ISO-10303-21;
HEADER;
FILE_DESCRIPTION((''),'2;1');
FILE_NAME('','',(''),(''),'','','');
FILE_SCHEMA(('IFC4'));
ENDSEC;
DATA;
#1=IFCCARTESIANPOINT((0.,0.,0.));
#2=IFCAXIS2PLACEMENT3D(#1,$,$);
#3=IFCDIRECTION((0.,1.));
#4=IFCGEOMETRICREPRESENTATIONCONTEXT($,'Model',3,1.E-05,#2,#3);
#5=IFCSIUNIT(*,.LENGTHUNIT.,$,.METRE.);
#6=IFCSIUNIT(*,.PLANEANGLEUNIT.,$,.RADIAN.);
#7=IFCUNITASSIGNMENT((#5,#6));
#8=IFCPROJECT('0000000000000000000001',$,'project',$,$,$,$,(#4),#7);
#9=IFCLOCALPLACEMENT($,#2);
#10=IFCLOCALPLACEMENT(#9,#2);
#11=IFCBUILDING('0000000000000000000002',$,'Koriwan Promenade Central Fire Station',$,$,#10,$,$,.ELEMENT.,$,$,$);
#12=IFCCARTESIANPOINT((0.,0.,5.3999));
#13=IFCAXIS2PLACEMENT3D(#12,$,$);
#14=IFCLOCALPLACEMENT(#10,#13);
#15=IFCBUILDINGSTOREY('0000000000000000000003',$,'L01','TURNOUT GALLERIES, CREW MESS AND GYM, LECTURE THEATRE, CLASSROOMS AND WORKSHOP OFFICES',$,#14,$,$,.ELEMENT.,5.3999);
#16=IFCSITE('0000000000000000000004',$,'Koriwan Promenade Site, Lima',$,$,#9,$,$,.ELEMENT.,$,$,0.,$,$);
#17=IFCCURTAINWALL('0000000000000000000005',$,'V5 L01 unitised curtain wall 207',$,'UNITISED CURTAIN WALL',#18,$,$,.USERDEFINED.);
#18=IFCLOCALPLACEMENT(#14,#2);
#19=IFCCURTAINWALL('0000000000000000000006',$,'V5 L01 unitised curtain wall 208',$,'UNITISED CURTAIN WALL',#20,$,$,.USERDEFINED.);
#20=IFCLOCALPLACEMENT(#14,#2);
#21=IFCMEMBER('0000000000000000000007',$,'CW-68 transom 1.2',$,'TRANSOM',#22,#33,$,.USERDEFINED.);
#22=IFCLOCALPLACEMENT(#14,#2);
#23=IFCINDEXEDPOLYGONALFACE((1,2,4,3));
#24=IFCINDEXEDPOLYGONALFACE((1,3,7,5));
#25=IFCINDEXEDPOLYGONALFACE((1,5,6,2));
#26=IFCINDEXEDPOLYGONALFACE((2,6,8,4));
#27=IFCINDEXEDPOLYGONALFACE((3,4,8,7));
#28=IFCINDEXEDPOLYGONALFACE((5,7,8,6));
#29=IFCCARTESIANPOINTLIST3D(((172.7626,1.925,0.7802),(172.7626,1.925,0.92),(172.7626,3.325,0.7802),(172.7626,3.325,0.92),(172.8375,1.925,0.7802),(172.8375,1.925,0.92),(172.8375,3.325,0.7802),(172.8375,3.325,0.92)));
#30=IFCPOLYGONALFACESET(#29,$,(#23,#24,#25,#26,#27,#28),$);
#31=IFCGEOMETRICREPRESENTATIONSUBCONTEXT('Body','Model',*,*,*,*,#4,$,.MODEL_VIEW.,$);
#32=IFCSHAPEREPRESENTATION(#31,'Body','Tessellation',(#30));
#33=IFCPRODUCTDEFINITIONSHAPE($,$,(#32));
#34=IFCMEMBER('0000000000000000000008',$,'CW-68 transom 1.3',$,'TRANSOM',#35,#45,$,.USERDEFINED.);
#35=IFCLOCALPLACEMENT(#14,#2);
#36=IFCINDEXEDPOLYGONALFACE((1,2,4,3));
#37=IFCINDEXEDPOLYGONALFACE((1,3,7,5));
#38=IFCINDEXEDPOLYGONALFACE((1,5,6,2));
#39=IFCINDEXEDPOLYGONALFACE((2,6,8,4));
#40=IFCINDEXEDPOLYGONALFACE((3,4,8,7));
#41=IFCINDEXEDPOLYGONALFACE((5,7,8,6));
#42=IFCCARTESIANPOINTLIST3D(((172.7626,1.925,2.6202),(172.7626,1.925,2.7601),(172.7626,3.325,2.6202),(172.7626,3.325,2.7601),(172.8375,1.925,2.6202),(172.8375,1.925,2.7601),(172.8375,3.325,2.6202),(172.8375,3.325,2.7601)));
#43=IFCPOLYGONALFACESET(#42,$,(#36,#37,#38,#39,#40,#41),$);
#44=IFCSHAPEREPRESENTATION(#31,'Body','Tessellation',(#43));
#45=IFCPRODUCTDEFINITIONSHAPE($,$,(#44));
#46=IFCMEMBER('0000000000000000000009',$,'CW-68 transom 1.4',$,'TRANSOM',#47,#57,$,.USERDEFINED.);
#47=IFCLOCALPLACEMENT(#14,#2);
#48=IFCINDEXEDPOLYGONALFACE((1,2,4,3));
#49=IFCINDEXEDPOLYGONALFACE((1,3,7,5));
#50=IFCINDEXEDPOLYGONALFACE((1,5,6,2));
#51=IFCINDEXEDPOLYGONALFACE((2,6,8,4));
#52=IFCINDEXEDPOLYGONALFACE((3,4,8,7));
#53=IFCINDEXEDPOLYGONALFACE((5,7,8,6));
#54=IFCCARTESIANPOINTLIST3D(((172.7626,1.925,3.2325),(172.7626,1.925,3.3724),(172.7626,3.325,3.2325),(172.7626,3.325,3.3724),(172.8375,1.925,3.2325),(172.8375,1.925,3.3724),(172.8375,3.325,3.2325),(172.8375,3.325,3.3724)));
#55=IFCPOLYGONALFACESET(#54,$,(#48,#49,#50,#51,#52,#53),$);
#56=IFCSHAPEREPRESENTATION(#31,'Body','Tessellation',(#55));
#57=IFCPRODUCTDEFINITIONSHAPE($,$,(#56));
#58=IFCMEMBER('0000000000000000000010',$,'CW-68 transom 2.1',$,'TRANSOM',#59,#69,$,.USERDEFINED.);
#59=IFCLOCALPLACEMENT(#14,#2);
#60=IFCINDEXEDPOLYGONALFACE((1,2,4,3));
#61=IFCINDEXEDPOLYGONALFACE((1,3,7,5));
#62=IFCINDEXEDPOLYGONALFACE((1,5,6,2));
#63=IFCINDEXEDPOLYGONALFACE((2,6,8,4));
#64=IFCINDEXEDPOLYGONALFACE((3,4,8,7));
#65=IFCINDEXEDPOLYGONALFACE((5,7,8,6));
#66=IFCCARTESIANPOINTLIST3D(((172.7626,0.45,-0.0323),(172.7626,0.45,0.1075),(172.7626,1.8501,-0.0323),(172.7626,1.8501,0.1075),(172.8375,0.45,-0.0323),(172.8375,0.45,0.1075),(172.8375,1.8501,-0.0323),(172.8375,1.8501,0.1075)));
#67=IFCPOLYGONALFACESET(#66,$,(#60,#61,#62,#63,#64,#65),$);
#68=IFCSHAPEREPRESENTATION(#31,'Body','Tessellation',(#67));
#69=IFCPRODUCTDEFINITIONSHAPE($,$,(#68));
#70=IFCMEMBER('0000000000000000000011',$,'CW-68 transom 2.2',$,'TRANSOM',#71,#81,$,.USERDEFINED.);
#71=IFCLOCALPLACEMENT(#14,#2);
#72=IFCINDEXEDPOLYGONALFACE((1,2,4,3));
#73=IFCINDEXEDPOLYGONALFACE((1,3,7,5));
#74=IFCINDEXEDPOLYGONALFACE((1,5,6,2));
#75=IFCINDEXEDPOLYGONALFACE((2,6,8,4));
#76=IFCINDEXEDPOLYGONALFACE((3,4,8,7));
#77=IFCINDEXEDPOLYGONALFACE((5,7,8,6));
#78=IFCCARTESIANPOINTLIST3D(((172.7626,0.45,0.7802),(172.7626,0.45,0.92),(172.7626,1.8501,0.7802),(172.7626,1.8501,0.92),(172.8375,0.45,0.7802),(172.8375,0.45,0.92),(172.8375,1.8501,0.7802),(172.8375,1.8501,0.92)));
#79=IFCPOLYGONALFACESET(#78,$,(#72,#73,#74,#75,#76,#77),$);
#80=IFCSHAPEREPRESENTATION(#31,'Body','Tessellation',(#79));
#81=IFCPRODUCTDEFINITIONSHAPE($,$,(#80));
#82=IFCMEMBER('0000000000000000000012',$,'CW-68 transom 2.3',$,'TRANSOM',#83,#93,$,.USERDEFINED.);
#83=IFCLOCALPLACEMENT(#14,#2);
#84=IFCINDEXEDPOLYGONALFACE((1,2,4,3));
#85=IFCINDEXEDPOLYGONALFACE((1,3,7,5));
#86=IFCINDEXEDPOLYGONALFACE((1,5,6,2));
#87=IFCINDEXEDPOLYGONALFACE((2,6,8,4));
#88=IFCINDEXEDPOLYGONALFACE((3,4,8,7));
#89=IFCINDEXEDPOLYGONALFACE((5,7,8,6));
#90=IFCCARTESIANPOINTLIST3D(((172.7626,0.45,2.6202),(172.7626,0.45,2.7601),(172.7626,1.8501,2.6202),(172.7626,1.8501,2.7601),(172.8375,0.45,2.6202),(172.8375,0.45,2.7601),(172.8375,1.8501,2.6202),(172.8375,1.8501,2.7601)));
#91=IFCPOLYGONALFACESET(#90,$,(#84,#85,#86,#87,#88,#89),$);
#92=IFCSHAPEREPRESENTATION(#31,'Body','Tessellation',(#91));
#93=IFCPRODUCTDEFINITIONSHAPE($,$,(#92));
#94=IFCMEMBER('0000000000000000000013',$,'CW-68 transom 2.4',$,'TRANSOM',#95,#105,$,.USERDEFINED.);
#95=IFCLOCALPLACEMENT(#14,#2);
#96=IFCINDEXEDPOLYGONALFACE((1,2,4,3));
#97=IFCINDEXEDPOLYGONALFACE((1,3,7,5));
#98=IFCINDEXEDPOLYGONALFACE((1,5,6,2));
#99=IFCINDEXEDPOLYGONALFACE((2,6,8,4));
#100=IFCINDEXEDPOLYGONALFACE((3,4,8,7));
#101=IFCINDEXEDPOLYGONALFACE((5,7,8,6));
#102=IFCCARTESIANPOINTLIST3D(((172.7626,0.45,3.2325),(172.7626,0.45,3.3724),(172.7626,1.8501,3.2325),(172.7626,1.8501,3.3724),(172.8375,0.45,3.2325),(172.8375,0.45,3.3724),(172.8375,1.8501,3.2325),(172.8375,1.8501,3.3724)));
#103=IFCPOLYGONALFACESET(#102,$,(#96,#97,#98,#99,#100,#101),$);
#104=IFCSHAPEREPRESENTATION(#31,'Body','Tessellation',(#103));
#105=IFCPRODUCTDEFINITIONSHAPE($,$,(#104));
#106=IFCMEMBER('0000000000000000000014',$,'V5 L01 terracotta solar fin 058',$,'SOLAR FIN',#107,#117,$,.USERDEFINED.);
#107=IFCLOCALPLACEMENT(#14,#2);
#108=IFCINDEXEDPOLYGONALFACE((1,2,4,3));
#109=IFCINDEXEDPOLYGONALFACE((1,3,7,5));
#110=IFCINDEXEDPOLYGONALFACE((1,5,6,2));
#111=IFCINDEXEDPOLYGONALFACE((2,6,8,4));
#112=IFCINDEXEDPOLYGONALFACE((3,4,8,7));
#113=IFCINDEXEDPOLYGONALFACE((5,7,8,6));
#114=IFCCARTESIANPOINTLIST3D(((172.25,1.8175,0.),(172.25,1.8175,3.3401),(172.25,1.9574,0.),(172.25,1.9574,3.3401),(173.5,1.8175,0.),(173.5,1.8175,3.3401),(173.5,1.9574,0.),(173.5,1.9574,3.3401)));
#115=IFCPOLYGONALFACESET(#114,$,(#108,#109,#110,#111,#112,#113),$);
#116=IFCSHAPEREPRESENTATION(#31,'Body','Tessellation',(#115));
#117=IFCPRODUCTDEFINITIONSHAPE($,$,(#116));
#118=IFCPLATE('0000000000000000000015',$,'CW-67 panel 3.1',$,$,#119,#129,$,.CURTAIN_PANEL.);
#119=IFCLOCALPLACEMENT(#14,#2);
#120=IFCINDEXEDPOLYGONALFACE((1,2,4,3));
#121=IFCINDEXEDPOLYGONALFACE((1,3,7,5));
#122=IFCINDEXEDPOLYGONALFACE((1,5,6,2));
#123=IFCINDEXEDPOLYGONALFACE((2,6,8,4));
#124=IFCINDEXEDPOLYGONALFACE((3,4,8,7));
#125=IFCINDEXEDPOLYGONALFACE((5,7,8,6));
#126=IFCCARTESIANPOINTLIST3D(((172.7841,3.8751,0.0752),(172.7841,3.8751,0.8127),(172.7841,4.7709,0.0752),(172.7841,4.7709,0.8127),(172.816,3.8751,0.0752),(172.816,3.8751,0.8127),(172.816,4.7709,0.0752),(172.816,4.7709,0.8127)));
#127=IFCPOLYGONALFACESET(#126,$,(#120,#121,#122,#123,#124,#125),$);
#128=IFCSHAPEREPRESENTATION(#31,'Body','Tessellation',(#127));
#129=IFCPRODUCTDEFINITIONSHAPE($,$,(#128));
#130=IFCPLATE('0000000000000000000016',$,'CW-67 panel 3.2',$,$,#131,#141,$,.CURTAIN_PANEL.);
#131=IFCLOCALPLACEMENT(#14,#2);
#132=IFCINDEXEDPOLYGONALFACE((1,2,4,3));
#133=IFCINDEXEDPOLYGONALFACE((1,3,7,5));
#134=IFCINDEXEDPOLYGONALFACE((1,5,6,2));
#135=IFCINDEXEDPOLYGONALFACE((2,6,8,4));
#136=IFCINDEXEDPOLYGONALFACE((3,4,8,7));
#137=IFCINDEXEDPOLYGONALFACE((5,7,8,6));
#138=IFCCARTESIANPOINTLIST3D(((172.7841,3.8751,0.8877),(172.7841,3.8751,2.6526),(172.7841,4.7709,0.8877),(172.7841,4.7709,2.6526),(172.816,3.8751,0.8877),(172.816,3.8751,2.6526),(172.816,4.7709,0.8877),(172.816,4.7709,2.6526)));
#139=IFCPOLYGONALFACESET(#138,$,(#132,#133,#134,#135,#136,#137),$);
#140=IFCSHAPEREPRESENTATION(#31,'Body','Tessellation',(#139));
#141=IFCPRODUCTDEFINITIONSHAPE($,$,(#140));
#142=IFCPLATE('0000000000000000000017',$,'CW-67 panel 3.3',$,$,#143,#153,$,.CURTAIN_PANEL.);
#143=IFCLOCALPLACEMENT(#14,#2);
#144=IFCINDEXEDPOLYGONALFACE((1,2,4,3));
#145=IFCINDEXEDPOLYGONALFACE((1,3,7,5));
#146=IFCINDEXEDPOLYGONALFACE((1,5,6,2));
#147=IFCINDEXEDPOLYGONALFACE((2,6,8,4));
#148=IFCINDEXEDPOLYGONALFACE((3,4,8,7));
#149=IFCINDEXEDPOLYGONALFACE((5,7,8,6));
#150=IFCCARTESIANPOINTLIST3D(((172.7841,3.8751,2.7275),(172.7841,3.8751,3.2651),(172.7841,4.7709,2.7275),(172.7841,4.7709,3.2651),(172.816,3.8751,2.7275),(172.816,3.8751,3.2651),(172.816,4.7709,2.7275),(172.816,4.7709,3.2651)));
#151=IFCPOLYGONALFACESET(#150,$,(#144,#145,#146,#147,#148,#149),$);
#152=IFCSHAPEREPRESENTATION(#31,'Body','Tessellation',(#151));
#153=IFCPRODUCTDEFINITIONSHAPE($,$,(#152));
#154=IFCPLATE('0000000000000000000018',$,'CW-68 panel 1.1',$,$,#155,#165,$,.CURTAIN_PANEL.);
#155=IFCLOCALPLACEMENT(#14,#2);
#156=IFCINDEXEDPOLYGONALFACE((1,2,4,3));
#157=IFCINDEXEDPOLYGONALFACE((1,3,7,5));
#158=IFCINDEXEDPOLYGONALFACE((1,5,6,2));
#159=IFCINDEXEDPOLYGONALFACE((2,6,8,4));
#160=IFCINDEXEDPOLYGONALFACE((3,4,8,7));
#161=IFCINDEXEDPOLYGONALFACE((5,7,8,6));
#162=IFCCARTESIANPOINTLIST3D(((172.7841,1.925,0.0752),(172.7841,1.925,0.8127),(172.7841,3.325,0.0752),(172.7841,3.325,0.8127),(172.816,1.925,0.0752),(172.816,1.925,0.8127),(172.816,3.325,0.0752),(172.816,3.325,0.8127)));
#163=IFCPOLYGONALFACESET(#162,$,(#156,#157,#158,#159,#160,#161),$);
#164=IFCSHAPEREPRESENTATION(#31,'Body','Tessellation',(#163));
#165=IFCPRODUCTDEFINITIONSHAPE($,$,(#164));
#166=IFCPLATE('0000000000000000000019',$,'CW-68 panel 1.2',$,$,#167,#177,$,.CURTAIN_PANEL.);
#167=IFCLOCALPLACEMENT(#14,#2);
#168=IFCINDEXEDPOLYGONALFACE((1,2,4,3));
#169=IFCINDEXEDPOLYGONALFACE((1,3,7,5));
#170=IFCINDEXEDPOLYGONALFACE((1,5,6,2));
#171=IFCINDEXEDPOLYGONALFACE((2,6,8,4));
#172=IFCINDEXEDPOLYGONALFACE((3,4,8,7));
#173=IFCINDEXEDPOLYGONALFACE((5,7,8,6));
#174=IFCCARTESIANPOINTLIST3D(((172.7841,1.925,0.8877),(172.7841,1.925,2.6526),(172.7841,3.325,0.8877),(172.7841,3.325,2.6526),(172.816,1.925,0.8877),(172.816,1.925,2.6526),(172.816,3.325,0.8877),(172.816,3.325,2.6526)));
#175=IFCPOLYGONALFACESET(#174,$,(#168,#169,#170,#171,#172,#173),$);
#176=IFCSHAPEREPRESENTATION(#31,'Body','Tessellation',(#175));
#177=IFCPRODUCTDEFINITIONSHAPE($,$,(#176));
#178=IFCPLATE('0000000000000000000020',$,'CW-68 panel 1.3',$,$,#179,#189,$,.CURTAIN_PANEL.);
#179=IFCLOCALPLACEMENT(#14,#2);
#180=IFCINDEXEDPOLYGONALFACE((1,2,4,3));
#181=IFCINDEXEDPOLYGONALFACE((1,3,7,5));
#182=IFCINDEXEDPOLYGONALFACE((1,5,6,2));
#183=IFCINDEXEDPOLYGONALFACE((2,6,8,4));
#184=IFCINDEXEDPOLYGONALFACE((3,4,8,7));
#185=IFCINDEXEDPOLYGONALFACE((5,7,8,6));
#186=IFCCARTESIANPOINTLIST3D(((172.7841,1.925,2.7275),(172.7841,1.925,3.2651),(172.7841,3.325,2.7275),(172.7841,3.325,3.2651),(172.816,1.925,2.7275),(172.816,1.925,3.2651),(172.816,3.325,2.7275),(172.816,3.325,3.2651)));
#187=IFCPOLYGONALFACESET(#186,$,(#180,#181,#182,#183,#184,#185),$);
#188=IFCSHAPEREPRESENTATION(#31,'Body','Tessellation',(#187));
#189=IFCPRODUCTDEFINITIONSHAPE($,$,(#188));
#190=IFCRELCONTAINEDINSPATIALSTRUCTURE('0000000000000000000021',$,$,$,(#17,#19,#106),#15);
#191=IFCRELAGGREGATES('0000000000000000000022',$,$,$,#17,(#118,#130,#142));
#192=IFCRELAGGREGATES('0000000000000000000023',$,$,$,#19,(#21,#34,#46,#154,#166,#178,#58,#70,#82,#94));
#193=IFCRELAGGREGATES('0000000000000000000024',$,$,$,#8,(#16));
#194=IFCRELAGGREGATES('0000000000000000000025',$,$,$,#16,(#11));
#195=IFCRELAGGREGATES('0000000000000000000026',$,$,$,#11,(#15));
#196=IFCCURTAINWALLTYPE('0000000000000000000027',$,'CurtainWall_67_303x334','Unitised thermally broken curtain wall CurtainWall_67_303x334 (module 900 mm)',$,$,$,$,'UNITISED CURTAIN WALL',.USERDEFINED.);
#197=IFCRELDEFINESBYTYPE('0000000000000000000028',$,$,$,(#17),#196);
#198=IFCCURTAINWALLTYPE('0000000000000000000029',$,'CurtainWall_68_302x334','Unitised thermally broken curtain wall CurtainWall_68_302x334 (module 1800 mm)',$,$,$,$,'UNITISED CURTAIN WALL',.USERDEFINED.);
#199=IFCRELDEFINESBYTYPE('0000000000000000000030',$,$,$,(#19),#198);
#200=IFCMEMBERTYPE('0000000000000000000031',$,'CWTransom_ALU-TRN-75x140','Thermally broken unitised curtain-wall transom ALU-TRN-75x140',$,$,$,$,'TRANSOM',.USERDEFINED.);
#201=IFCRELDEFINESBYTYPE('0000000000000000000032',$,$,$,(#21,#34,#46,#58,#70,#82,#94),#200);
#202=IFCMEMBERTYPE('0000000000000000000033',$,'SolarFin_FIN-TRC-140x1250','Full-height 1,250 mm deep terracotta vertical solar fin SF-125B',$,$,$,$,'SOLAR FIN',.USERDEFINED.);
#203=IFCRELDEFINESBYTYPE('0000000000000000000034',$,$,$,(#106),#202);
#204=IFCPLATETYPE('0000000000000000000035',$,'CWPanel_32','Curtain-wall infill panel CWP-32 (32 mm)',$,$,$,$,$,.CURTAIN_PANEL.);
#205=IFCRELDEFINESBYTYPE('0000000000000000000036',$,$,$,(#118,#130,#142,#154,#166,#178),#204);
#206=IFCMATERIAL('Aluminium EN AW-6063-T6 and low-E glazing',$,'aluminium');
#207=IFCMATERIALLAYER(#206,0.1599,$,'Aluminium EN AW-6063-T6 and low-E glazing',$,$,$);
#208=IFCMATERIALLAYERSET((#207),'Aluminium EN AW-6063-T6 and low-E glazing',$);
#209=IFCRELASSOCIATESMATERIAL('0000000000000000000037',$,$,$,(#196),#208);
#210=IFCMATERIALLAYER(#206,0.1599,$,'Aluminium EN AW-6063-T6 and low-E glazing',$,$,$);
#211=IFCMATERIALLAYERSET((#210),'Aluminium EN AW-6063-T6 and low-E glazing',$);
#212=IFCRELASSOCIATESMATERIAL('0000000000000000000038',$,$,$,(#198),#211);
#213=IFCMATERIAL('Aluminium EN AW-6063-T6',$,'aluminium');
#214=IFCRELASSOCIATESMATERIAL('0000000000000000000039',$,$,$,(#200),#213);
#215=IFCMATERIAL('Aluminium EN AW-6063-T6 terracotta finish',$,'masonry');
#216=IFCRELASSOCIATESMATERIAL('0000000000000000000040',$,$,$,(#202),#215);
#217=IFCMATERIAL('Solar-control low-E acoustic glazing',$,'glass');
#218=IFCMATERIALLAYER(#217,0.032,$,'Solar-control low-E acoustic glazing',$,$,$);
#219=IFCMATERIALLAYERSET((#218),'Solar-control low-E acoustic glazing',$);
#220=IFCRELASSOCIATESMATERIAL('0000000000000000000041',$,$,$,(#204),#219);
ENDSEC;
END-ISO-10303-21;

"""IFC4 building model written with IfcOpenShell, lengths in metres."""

from ifc_helpers import new_model, si_unit, direction, frame, origin, origin_2d, place, context, subcontext, project, spatial, rectangle, extrude, material, layer, layer_set, material_profile, profile_set, type_object, element, aggregate, save


model = new_model("IFC4")

# Units and contexts
model_context = context("Model", 3, precision=1e-05, world=origin(), true_north=direction((0.0, 1.0)))
body_context = subcontext(model_context, "Body", "Model", "MODEL_VIEW")
ifc_project = project(units=[si_unit("LENGTHUNIT", "METRE"), si_unit("PLANEANGLEUNIT", "RADIAN")], contexts=[model_context])

# Site, building, storey
site_placement = place(None, origin())
site = spatial("IfcSite", under=ifc_project, at=site_placement, Name="Koriwan Promenade Site, Lima", CompositionType="ELEMENT", RefElevation=0.0)
building_placement = place(site_placement, origin())
building = spatial("IfcBuilding", under=site, at=building_placement, Name="Koriwan Promenade Central Fire Station", CompositionType="ELEMENT")
storey_placement = place(building_placement, frame((0.0, 0.0, 5.3999)))
storey = spatial("IfcBuildingStorey", under=building, at=storey_placement, Name="L01", Description="TURNOUT GALLERIES, CREW MESS AND GYM, LECTURE THEATRE, CLASSROOMS AND WORKSHOP OFFICES", CompositionType="ELEMENT", Elevation=5.3999)

# Shared definitions
ifc_material_1 = material(Name="Aluminium EN AW-6063-T6 and low-E glazing", Category="aluminium")
ifc_material_2 = material(Name="Aluminium EN AW-6063-T6", Category="aluminium")

# Curtain walls
ifc_layer_1 = layer(ifc_material_1, 0.1599, Name="Aluminium EN AW-6063-T6 and low-E glazing")
ifc_layer_set_1 = layer_set([ifc_layer_1], Name="Aluminium EN AW-6063-T6 and low-E glazing")
curtain_wall_type_1 = type_object("IfcCurtainWallType", Name="CurtainWall_67_303x334", Description="Unitised thermally broken curtain wall CurtainWall_67_303x334 (module 900 mm)", ElementType="UNITISED CURTAIN WALL", PredefinedType="USERDEFINED", material=ifc_layer_set_1)
curtain_wall_1_placement = place(storey_placement, origin())
curtain_wall_1 = element("IfcCurtainWall", 1, at=curtain_wall_1_placement, inside=storey, type_object=curtain_wall_type_1, Name="V5 L01 unitised curtain wall 207", ObjectType="UNITISED CURTAIN WALL", PredefinedType="USERDEFINED")
ifc_layer_2 = layer(ifc_material_1, 0.1599, Name="Aluminium EN AW-6063-T6 and low-E glazing")
ifc_layer_set_2 = layer_set([ifc_layer_2], Name="Aluminium EN AW-6063-T6 and low-E glazing")
curtain_wall_type_2 = type_object("IfcCurtainWallType", Name="CurtainWall_68_302x334", Description="Unitised thermally broken curtain wall CurtainWall_68_302x334 (module 1800 mm)", ElementType="UNITISED CURTAIN WALL", PredefinedType="USERDEFINED", material=ifc_layer_set_2)
curtain_wall_2_placement = place(storey_placement, origin())
curtain_wall_2 = element("IfcCurtainWall", 2, at=curtain_wall_2_placement, inside=storey, type_object=curtain_wall_type_2, Name="V5 L01 unitised curtain wall 208", ObjectType="UNITISED CURTAIN WALL", PredefinedType="USERDEFINED")

# Members
ifc_material_profile_1 = material_profile(ifc_material_2, rectangle(XDim=0.075, YDim=0.1399, at=origin_2d()), Name="ALU-TRN-75x140")
ifc_profile_set_1 = profile_set([ifc_material_profile_1], Name="Aluminium EN AW-6063-T6")
member_type_1 = type_object("IfcMemberType", Name="CWTransom_ALU-TRN-75x140", Description="Thermally broken unitised curtain-wall transom ALU-TRN-75x140", ElementType="TRANSOM", PredefinedType="USERDEFINED", material=ifc_profile_set_1)
member_1_placement = place(storey_placement, frame((172.8, 3.325, 0.8501), z_axis=(0.0, -1.0, 0.0), x_axis=(1.0, 0.0, 0.0)))
member_1 = element("IfcMember", 3, at=member_1_placement, type_object=member_type_1, Name="CW-68 transom 1.2", ObjectType="TRANSOM", PredefinedType="USERDEFINED", context=body_context, shape_type="SweptSolid", body=[
    extrude(rectangle(XDim=0.075, YDim=0.1399, at=origin_2d()), origin(), (0.0, 0.0, 1.0), 1.3999),
])
member_2_placement = place(storey_placement, frame((172.8, 3.325, 2.6902), z_axis=(0.0, -1.0, 0.0), x_axis=(1.0, 0.0, 0.0)))
member_2 = element("IfcMember", 4, at=member_2_placement, type_object=member_type_1, Name="CW-68 transom 1.3", ObjectType="TRANSOM", PredefinedType="USERDEFINED", context=body_context, shape_type="SweptSolid", body=[
    extrude(rectangle(XDim=0.075, YDim=0.1399, at=origin_2d()), origin(), (0.0, 0.0, 1.0), 1.3999),
])
member_3_placement = place(storey_placement, frame((172.8, 3.325, 3.3025), z_axis=(0.0, -1.0, 0.0), x_axis=(1.0, 0.0, 0.0)))
member_3 = element("IfcMember", 5, at=member_3_placement, type_object=member_type_1, Name="CW-68 transom 1.4", ObjectType="TRANSOM", PredefinedType="USERDEFINED", context=body_context, shape_type="SweptSolid", body=[
    extrude(rectangle(XDim=0.075, YDim=0.1399, at=origin_2d()), origin(), (0.0, 0.0, 1.0), 1.3999),
])
member_4_placement = place(storey_placement, frame((172.8, 1.8501, 0.0376), z_axis=(0.0, -1.0, 0.0), x_axis=(1.0, 0.0, 0.0)))
member_4 = element("IfcMember", 6, at=member_4_placement, type_object=member_type_1, Name="CW-68 transom 2.1", ObjectType="TRANSOM", PredefinedType="USERDEFINED", context=body_context, shape_type="SweptSolid", body=[
    extrude(rectangle(XDim=0.075, YDim=0.1399, at=origin_2d()), origin(), (0.0, 0.0, 1.0), 1.4001),
])
member_5_placement = place(storey_placement, frame((172.8, 1.8501, 0.8501), z_axis=(0.0, -1.0, 0.0), x_axis=(1.0, 0.0, 0.0)))
member_5 = element("IfcMember", 7, at=member_5_placement, type_object=member_type_1, Name="CW-68 transom 2.2", ObjectType="TRANSOM", PredefinedType="USERDEFINED", context=body_context, shape_type="SweptSolid", body=[
    extrude(rectangle(XDim=0.075, YDim=0.1399, at=origin_2d()), origin(), (0.0, 0.0, 1.0), 1.4001),
])
member_6_placement = place(storey_placement, frame((172.8, 1.8501, 2.6902), z_axis=(0.0, -1.0, 0.0), x_axis=(1.0, 0.0, 0.0)))
member_6 = element("IfcMember", 8, at=member_6_placement, type_object=member_type_1, Name="CW-68 transom 2.3", ObjectType="TRANSOM", PredefinedType="USERDEFINED", context=body_context, shape_type="SweptSolid", body=[
    extrude(rectangle(XDim=0.075, YDim=0.1399, at=origin_2d()), origin(), (0.0, 0.0, 1.0), 1.4001),
])
member_7_placement = place(storey_placement, frame((172.8, 1.8501, 3.3025), z_axis=(0.0, -1.0, 0.0), x_axis=(1.0, 0.0, 0.0)))
member_7 = element("IfcMember", 9, at=member_7_placement, type_object=member_type_1, Name="CW-68 transom 2.4", ObjectType="TRANSOM", PredefinedType="USERDEFINED", context=body_context, shape_type="SweptSolid", body=[
    extrude(rectangle(XDim=0.075, YDim=0.1399, at=origin_2d()), origin(), (0.0, 0.0, 1.0), 1.4001),
])
ifc_material_3 = material(Name="Aluminium EN AW-6063-T6 terracotta finish", Category="masonry")
ifc_material_profile_2 = material_profile(ifc_material_3, rectangle(XDim=0.1399, YDim=1.25, at=origin_2d()), Name="FIN-TRC-140x1250")
ifc_profile_set_2 = profile_set([ifc_material_profile_2], Name="Aluminium EN AW-6063-T6 terracotta finish")
member_type_2 = type_object("IfcMemberType", Name="SolarFin_FIN-TRC-140x1250", Description="Full-height 1,250 mm deep terracotta vertical solar fin SF-125B", ElementType="SOLAR FIN", PredefinedType="USERDEFINED", material=ifc_profile_set_2)
member_8_placement = place(storey_placement, frame((172.875, 1.8875, 0.0), z_axis=(0.0, 0.0, 1.0), x_axis=(0.0, -1.0, 0.0)))
element("IfcMember", 10, at=member_8_placement, inside=storey, type_object=member_type_2, Name="V5 L01 terracotta solar fin 058", ObjectType="SOLAR FIN", PredefinedType="USERDEFINED", context=body_context, shape_type="SweptSolid", body=[
    extrude(rectangle(XDim=0.1399, YDim=1.25, at=origin_2d()), origin(), (0.0, 0.0, 1.0), 3.3401),
])

# Plates
ifc_material_4 = material(Name="Solar-control low-E acoustic glazing", Category="glass")
ifc_layer_3 = layer(ifc_material_4, 0.032, Name="Solar-control low-E acoustic glazing")
ifc_layer_set_3 = layer_set([ifc_layer_3], Name="Solar-control low-E acoustic glazing")
plate_type = type_object("IfcPlateType", Name="CWPanel_32", Description="Curtain-wall infill panel CWP-32 (32 mm)", PredefinedType="CURTAIN_PANEL", material=ifc_layer_set_3)
plate_1_placement = place(storey_placement, frame((172.8, 4.323, 0.0752), z_axis=(0.0, 0.0, 1.0), x_axis=(0.0, -1.0, 0.0)))
plate_1 = element("IfcPlate", 11, at=plate_1_placement, type_object=plate_type, Name="CW-67 panel 3.1", PredefinedType="CURTAIN_PANEL", context=body_context, shape_type="SweptSolid", body=[
    extrude(rectangle(XDim=0.8958, YDim=0.032, at=origin_2d()), origin(), (0.0, 0.0, 1.0), 0.7375),
])
plate_2_placement = place(storey_placement, frame((172.8, 4.323, 0.8877), z_axis=(0.0, 0.0, 1.0), x_axis=(0.0, -1.0, 0.0)))
plate_2 = element("IfcPlate", 12, at=plate_2_placement, type_object=plate_type, Name="CW-67 panel 3.2", PredefinedType="CURTAIN_PANEL", context=body_context, shape_type="SweptSolid", body=[
    extrude(rectangle(XDim=0.8958, YDim=0.032, at=origin_2d()), origin(), (0.0, 0.0, 1.0), 1.7649),
])
plate_3_placement = place(storey_placement, frame((172.8, 4.323, 2.7275), z_axis=(0.0, 0.0, 1.0), x_axis=(0.0, -1.0, 0.0)))
plate_3 = element("IfcPlate", 13, at=plate_3_placement, type_object=plate_type, Name="CW-67 panel 3.3", PredefinedType="CURTAIN_PANEL", context=body_context, shape_type="SweptSolid", body=[
    extrude(rectangle(XDim=0.8958, YDim=0.032, at=origin_2d()), origin(), (0.0, 0.0, 1.0), 0.5376),
])
aggregate(curtain_wall_1, [plate_1, plate_2, plate_3])
plate_4_placement = place(storey_placement, frame((172.8, 2.625, 0.0752), z_axis=(0.0, 0.0, 1.0), x_axis=(0.0, -1.0, 0.0)))
plate_4 = element("IfcPlate", 14, at=plate_4_placement, type_object=plate_type, Name="CW-68 panel 1.1", PredefinedType="CURTAIN_PANEL", context=body_context, shape_type="SweptSolid", body=[
    extrude(rectangle(XDim=1.3999, YDim=0.032, at=origin_2d()), origin(), (0.0, 0.0, 1.0), 0.7375),
])
plate_5_placement = place(storey_placement, frame((172.8, 2.625, 0.8877), z_axis=(0.0, 0.0, 1.0), x_axis=(0.0, -1.0, 0.0)))
plate_5 = element("IfcPlate", 15, at=plate_5_placement, type_object=plate_type, Name="CW-68 panel 1.2", PredefinedType="CURTAIN_PANEL", context=body_context, shape_type="SweptSolid", body=[
    extrude(rectangle(XDim=1.3999, YDim=0.032, at=origin_2d()), origin(), (0.0, 0.0, 1.0), 1.7649),
])
plate_6_placement = place(storey_placement, frame((172.8, 2.625, 2.7275), z_axis=(0.0, 0.0, 1.0), x_axis=(0.0, -1.0, 0.0)))
plate_6 = element("IfcPlate", 16, at=plate_6_placement, type_object=plate_type, Name="CW-68 panel 1.3", PredefinedType="CURTAIN_PANEL", context=body_context, shape_type="SweptSolid", body=[
    extrude(rectangle(XDim=1.3999, YDim=0.032, at=origin_2d()), origin(), (0.0, 0.0, 1.0), 0.5376),
])
aggregate(curtain_wall_2, [member_1, member_2, member_3, plate_4, plate_5, plate_6, member_4, member_5, member_6, member_7])

save(model, "model.ifc")
